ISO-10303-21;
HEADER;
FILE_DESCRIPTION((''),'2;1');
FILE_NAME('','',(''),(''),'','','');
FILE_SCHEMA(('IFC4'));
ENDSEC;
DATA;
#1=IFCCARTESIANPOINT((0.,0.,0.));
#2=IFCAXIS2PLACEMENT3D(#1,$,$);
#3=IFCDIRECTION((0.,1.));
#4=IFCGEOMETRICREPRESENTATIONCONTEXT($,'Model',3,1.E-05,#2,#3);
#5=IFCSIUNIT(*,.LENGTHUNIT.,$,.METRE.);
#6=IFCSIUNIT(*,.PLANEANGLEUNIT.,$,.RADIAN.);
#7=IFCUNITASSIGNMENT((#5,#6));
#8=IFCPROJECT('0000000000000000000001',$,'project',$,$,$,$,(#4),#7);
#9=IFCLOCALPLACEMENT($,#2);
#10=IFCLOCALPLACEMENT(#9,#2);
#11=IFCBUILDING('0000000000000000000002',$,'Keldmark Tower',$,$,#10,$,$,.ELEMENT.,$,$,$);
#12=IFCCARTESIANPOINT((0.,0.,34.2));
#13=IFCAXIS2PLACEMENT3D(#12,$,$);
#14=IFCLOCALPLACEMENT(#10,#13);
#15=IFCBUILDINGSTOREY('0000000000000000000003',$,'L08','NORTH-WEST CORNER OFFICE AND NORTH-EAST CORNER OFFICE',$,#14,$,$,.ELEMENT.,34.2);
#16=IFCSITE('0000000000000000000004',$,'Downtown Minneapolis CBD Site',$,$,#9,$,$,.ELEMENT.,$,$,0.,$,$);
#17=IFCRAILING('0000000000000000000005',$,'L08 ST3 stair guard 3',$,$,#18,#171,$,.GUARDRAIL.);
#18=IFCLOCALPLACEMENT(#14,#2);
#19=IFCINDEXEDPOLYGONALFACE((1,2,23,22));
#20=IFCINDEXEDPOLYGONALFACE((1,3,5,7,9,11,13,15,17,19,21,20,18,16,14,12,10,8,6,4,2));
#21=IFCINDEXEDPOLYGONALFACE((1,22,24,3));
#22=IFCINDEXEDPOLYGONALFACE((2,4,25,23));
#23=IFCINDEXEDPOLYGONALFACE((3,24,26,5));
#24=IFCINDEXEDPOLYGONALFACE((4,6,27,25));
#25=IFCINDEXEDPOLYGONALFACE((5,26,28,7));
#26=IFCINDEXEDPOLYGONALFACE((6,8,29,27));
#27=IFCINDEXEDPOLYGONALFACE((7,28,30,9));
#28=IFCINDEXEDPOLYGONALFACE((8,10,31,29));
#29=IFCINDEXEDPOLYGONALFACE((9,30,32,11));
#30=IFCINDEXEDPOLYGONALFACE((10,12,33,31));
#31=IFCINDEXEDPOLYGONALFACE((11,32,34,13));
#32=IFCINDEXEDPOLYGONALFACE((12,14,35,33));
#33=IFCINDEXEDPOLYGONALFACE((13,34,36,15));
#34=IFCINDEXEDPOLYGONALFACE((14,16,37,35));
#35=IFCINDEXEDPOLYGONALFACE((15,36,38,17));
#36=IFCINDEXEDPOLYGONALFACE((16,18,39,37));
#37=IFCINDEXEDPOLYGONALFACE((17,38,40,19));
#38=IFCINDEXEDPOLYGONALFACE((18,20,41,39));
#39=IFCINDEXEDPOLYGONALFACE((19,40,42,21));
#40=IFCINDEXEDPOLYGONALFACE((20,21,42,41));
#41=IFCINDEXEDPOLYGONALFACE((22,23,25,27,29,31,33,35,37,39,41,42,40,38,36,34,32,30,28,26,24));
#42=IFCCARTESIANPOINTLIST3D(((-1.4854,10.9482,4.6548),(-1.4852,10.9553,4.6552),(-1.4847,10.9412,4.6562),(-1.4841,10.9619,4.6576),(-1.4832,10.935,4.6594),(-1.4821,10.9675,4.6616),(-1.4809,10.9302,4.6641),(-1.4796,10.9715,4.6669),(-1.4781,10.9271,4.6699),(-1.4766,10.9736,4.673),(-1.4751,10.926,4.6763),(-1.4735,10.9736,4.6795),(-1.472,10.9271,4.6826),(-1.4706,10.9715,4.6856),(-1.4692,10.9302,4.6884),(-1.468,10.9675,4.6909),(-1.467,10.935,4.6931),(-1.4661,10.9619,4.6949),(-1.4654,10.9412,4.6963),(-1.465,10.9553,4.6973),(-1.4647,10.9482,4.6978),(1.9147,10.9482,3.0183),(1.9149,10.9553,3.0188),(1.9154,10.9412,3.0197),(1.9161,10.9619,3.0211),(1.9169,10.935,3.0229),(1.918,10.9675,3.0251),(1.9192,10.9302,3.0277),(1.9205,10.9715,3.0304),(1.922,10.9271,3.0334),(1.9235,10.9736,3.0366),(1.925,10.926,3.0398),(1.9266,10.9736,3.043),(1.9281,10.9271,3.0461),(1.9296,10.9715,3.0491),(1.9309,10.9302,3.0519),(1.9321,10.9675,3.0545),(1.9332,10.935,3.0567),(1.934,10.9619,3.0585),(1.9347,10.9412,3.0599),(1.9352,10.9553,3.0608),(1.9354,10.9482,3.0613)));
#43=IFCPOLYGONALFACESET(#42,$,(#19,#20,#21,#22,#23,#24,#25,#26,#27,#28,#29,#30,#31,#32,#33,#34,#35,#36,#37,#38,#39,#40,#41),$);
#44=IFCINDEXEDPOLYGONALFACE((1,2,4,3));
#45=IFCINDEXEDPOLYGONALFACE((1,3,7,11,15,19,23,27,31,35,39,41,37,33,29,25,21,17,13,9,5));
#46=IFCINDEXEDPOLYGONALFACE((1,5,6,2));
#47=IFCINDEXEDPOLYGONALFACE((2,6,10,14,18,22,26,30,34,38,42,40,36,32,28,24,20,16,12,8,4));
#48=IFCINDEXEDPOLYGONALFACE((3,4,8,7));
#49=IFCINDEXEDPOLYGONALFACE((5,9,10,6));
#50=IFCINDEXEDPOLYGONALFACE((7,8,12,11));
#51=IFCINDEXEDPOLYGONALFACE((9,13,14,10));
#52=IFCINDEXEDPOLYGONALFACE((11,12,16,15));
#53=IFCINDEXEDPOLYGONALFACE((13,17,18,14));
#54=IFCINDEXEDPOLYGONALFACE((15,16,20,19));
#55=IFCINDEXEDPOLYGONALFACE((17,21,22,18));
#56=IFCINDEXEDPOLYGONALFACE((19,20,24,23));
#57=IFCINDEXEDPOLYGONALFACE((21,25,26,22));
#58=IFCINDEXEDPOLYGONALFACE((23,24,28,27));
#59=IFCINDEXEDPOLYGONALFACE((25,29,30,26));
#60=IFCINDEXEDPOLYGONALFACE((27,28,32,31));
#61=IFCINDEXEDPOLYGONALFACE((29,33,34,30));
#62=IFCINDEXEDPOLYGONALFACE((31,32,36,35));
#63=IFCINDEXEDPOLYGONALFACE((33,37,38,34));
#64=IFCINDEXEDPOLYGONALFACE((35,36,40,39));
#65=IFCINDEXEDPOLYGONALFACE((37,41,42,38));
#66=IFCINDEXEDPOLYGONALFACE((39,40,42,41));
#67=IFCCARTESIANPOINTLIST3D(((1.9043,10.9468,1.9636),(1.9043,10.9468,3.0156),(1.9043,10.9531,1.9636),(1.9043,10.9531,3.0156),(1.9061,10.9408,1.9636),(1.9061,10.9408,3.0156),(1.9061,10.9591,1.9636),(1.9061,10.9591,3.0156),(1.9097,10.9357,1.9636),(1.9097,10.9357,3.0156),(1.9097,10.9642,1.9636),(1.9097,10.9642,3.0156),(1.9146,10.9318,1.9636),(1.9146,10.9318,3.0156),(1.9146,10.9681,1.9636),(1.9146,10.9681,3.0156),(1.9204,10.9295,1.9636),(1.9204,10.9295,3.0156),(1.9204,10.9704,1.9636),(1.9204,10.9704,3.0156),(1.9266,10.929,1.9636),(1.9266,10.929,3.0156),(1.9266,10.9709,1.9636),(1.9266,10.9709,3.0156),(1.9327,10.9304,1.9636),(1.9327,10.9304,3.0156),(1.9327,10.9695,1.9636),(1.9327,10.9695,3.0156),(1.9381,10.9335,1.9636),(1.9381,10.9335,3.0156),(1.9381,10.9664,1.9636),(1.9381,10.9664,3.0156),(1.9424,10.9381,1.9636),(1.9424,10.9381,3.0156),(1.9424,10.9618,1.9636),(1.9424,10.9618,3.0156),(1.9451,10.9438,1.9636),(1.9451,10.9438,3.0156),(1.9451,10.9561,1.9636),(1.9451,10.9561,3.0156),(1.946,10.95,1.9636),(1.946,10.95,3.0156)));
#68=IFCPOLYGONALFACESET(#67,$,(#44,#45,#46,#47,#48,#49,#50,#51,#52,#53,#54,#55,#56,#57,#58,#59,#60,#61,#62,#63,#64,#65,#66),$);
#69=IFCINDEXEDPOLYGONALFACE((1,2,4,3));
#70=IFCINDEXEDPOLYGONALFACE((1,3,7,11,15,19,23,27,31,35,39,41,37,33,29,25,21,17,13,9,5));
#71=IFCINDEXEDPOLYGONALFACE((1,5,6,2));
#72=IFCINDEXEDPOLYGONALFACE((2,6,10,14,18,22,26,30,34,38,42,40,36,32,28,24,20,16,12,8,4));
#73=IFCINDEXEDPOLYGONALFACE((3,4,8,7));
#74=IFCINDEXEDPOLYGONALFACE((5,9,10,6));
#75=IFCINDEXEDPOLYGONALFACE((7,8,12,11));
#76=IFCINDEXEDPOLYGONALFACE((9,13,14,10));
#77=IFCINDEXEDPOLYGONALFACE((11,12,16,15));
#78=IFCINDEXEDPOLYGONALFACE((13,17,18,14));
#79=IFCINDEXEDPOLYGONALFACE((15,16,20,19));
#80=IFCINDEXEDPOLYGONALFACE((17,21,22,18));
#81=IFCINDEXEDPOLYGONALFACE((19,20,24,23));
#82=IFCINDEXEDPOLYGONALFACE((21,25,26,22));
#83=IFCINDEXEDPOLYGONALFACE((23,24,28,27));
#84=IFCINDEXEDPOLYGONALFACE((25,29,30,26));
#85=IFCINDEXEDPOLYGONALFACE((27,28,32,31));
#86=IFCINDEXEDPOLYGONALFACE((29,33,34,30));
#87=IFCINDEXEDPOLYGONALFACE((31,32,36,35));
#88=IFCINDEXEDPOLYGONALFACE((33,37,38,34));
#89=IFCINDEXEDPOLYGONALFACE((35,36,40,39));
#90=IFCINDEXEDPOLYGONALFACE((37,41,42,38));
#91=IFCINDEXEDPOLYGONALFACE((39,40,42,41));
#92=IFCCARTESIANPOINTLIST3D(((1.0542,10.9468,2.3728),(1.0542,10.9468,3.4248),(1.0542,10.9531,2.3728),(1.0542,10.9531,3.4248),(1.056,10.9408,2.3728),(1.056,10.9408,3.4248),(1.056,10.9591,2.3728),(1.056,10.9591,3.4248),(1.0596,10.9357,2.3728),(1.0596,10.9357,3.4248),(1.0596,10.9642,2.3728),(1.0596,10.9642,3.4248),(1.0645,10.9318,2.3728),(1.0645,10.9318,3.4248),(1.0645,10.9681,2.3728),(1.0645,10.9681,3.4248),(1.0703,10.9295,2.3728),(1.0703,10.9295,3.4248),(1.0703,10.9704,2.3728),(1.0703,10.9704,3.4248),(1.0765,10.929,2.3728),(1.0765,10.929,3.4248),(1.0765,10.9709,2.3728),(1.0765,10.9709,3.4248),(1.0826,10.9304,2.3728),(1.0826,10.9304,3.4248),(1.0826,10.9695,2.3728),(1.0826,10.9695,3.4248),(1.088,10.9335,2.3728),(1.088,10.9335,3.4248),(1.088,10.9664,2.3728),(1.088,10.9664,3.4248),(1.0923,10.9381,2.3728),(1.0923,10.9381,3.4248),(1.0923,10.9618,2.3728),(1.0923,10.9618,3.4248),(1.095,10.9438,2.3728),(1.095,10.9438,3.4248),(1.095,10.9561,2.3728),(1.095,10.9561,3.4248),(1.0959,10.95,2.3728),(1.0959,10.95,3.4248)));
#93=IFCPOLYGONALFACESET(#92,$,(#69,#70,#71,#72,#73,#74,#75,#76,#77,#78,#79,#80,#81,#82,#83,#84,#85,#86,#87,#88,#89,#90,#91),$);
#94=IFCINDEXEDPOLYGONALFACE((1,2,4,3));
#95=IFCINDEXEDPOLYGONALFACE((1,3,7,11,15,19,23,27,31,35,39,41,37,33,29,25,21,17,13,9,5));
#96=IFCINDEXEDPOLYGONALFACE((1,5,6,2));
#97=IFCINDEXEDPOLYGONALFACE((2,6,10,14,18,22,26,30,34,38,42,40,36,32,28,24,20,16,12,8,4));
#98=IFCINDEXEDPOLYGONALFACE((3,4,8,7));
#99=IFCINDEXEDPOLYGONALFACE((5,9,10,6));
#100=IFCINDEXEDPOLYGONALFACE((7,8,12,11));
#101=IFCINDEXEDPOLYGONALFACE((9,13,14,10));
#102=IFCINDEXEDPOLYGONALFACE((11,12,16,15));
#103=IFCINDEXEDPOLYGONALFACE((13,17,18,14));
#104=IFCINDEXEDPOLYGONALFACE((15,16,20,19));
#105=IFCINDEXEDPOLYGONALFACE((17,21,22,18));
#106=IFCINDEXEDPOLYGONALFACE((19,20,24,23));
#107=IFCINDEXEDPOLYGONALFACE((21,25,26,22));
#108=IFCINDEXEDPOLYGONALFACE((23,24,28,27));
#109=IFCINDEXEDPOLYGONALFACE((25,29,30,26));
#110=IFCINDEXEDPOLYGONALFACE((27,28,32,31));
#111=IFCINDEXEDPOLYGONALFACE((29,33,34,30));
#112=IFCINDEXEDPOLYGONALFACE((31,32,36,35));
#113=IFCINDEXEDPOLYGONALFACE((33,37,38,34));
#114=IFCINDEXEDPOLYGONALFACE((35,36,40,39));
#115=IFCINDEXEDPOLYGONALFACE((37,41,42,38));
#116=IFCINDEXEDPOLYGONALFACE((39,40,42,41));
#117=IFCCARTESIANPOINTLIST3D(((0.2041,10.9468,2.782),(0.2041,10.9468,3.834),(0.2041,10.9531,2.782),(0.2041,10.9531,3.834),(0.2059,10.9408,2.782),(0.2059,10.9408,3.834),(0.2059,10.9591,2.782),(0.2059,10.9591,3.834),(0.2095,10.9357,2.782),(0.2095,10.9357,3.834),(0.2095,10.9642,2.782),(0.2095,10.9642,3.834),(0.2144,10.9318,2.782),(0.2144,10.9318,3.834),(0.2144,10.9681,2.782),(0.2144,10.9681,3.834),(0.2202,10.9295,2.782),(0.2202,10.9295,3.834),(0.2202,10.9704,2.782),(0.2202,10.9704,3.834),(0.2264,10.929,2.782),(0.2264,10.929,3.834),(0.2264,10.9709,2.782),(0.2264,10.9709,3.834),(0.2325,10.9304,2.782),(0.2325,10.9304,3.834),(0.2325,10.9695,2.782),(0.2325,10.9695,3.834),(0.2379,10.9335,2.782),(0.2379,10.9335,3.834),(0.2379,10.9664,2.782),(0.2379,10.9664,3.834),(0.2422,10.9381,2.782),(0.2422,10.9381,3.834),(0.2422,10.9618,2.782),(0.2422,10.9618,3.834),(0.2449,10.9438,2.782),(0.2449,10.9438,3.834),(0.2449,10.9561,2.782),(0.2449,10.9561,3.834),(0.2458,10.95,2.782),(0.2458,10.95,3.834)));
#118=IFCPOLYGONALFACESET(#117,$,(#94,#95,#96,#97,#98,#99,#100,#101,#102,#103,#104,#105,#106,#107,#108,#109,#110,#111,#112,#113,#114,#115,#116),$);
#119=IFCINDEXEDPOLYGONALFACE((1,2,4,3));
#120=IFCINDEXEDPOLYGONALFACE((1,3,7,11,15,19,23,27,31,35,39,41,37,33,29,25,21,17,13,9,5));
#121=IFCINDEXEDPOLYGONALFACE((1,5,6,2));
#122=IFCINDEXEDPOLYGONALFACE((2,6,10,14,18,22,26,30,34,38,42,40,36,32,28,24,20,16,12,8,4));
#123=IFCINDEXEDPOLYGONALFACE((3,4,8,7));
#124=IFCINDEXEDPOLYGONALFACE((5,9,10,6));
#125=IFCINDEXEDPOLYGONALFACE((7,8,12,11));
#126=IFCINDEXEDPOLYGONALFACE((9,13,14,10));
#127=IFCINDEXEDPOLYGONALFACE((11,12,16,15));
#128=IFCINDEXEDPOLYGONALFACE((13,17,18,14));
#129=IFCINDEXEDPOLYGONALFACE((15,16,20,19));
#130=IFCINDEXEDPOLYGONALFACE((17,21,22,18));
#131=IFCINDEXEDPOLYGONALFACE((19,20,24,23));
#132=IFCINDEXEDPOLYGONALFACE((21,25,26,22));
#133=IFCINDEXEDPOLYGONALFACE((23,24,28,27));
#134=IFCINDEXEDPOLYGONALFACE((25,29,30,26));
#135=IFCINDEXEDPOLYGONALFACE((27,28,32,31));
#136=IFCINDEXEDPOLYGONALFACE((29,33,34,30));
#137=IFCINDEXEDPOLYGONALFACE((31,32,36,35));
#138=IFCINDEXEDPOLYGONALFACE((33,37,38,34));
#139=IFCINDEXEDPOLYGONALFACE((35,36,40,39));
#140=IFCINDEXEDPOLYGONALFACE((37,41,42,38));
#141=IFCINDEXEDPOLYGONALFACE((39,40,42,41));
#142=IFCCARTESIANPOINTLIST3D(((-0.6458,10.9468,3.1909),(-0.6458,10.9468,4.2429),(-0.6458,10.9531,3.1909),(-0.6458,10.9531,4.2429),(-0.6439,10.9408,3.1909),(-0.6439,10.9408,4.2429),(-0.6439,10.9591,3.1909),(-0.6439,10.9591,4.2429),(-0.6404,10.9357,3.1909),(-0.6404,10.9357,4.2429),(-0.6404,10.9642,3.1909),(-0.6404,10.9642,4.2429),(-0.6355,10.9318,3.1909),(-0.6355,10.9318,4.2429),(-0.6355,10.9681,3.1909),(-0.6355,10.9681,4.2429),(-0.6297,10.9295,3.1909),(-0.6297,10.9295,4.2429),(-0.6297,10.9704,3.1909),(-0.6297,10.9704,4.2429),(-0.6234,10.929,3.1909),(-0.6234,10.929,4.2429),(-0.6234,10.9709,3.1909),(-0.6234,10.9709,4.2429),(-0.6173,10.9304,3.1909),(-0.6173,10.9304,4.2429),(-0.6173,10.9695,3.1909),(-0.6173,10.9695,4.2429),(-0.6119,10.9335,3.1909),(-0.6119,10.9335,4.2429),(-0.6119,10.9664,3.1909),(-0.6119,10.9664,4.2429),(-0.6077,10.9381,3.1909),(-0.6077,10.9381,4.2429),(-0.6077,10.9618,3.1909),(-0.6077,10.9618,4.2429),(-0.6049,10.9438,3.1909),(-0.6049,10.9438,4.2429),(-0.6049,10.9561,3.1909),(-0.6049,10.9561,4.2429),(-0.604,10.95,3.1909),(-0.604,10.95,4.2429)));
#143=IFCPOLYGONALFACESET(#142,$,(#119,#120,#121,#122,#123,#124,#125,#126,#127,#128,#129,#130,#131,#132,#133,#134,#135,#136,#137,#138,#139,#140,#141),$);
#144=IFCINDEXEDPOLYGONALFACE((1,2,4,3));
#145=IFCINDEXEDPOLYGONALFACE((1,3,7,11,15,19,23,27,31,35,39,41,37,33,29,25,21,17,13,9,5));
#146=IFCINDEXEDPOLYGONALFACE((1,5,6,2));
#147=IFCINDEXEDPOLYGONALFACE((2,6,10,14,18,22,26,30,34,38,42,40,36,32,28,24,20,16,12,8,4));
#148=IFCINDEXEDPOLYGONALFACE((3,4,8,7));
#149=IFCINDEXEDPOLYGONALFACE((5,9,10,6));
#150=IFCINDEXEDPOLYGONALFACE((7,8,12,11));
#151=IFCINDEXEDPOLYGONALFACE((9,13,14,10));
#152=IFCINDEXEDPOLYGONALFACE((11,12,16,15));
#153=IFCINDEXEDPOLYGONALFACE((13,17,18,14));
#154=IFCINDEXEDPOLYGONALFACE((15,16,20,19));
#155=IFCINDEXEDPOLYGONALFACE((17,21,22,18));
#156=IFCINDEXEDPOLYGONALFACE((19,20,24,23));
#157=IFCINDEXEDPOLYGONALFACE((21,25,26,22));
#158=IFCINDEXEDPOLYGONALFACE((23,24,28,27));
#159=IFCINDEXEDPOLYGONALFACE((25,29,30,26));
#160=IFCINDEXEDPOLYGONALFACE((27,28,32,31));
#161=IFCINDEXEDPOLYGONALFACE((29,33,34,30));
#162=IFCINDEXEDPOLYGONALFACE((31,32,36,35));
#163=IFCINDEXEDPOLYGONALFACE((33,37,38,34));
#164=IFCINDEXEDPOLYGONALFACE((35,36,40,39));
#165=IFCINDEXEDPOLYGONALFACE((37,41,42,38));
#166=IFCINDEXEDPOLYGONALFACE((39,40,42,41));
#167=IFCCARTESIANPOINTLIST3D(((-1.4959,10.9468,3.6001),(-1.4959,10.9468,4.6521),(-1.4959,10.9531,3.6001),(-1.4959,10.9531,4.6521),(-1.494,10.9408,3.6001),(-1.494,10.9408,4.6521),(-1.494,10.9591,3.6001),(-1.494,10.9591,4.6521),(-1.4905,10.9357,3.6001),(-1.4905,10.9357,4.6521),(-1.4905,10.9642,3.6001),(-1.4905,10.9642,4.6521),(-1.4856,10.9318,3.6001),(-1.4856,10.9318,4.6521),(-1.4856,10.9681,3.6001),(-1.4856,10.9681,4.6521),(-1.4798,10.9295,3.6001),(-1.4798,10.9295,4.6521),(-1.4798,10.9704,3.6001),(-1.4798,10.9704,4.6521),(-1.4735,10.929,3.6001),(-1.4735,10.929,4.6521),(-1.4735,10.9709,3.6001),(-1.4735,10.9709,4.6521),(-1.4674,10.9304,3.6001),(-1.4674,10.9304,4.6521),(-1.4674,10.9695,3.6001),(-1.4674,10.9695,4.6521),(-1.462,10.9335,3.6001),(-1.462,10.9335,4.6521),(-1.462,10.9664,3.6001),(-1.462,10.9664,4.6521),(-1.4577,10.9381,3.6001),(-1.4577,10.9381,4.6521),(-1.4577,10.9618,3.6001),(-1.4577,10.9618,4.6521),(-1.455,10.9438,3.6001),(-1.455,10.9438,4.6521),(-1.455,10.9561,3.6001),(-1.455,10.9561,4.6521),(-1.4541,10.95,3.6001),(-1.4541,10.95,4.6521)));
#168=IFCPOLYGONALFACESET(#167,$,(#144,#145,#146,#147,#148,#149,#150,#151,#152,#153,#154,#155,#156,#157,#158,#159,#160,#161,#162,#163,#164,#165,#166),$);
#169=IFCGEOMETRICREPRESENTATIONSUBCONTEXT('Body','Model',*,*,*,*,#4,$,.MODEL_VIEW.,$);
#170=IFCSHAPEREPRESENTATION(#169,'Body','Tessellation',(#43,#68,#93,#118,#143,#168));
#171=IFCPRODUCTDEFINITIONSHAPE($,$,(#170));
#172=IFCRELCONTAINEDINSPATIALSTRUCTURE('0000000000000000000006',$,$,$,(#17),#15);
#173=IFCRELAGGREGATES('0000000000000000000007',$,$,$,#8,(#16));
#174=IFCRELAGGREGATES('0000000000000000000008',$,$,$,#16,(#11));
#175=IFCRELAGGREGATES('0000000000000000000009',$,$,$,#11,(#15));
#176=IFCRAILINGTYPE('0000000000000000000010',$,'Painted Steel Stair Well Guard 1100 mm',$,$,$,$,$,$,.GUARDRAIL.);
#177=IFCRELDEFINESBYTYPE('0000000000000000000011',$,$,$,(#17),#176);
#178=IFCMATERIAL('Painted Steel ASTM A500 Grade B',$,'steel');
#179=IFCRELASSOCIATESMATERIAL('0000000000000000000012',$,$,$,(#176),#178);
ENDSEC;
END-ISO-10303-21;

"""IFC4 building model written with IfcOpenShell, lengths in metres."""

from ifc_helpers import new_model, si_unit, direction, frame, origin, origin_2d, place, context, subcontext, project, spatial, circle, extrude, material, type_object, element, save


model = new_model("IFC4")

# Units and contexts
model_context = context("Model", 3, precision=1e-05, world=origin(), true_north=direction((0.0, 1.0)))
body_context = subcontext(model_context, "Body", "Model", "MODEL_VIEW")
ifc_project = project(units=[si_unit("LENGTHUNIT", "METRE"), si_unit("PLANEANGLEUNIT", "RADIAN")], contexts=[model_context])

# Site, building, storey
site_placement = place(None, origin())
site = spatial("IfcSite", under=ifc_project, at=site_placement, Name="Downtown Minneapolis CBD Site", CompositionType="ELEMENT", RefElevation=0.0)
building_placement = place(site_placement, origin())
building = spatial("IfcBuilding", under=site, at=building_placement, Name="Keldmark Tower", CompositionType="ELEMENT")
storey_placement = place(building_placement, frame((0.0, 0.0, 34.2)))
storey = spatial("IfcBuildingStorey", under=building, at=storey_placement, Name="L08", Description="NORTH-WEST CORNER OFFICE AND NORTH-EAST CORNER OFFICE", CompositionType="ELEMENT", Elevation=34.2)

# Railing
ifc_material_1 = material(Name="Painted Steel ASTM A500 Grade B", Category="steel")
railing_type_1 = type_object("IfcRailingType", Name="Painted Steel Stair Well Guard 1100 mm", PredefinedType="GUARDRAIL", material=ifc_material_1)
railing_1_placement = place(storey_placement, frame((1.925, 10.95, 1.9636)))
element("IfcRailing", 1, at=railing_1_placement, inside=storey, type_object=railing_type_1, Name="L08 ST3 stair guard 3", PredefinedType="GUARDRAIL", context=body_context, shape_type="SweptSolid", body=[
    extrude(circle(Radius=0.0239, at=origin_2d()), frame((0.0, 0.0, 1.0762), z_axis=(-0.901067, 0.0, 0.433679), x_axis=(0.0, -1.0, 0.0)), (0.0, 0.0, 1.0), 3.7734),
    extrude(circle(Radius=0.021, at=origin_2d()), origin(), (0.0, 0.0, 1.0), 1.052),
    extrude(circle(Radius=0.021, at=origin_2d()), frame((-0.8501, 0.0, 0.4092)), (0.0, 0.0, 1.0), 1.052),
    extrude(circle(Radius=0.021, at=origin_2d()), frame((-1.7002, 0.0, 0.8184)), (0.0, 0.0, 1.0), 1.052),
    extrude(circle(Radius=0.021, at=origin_2d()), frame((-2.55, 0.0, 1.2273)), (0.0, 0.0, 1.0), 1.052),
    extrude(circle(Radius=0.021, at=origin_2d()), frame((-3.4001, 0.0, 1.6365)), (0.0, 0.0, 1.0), 1.052),
])

save(model, "model.ifc")
